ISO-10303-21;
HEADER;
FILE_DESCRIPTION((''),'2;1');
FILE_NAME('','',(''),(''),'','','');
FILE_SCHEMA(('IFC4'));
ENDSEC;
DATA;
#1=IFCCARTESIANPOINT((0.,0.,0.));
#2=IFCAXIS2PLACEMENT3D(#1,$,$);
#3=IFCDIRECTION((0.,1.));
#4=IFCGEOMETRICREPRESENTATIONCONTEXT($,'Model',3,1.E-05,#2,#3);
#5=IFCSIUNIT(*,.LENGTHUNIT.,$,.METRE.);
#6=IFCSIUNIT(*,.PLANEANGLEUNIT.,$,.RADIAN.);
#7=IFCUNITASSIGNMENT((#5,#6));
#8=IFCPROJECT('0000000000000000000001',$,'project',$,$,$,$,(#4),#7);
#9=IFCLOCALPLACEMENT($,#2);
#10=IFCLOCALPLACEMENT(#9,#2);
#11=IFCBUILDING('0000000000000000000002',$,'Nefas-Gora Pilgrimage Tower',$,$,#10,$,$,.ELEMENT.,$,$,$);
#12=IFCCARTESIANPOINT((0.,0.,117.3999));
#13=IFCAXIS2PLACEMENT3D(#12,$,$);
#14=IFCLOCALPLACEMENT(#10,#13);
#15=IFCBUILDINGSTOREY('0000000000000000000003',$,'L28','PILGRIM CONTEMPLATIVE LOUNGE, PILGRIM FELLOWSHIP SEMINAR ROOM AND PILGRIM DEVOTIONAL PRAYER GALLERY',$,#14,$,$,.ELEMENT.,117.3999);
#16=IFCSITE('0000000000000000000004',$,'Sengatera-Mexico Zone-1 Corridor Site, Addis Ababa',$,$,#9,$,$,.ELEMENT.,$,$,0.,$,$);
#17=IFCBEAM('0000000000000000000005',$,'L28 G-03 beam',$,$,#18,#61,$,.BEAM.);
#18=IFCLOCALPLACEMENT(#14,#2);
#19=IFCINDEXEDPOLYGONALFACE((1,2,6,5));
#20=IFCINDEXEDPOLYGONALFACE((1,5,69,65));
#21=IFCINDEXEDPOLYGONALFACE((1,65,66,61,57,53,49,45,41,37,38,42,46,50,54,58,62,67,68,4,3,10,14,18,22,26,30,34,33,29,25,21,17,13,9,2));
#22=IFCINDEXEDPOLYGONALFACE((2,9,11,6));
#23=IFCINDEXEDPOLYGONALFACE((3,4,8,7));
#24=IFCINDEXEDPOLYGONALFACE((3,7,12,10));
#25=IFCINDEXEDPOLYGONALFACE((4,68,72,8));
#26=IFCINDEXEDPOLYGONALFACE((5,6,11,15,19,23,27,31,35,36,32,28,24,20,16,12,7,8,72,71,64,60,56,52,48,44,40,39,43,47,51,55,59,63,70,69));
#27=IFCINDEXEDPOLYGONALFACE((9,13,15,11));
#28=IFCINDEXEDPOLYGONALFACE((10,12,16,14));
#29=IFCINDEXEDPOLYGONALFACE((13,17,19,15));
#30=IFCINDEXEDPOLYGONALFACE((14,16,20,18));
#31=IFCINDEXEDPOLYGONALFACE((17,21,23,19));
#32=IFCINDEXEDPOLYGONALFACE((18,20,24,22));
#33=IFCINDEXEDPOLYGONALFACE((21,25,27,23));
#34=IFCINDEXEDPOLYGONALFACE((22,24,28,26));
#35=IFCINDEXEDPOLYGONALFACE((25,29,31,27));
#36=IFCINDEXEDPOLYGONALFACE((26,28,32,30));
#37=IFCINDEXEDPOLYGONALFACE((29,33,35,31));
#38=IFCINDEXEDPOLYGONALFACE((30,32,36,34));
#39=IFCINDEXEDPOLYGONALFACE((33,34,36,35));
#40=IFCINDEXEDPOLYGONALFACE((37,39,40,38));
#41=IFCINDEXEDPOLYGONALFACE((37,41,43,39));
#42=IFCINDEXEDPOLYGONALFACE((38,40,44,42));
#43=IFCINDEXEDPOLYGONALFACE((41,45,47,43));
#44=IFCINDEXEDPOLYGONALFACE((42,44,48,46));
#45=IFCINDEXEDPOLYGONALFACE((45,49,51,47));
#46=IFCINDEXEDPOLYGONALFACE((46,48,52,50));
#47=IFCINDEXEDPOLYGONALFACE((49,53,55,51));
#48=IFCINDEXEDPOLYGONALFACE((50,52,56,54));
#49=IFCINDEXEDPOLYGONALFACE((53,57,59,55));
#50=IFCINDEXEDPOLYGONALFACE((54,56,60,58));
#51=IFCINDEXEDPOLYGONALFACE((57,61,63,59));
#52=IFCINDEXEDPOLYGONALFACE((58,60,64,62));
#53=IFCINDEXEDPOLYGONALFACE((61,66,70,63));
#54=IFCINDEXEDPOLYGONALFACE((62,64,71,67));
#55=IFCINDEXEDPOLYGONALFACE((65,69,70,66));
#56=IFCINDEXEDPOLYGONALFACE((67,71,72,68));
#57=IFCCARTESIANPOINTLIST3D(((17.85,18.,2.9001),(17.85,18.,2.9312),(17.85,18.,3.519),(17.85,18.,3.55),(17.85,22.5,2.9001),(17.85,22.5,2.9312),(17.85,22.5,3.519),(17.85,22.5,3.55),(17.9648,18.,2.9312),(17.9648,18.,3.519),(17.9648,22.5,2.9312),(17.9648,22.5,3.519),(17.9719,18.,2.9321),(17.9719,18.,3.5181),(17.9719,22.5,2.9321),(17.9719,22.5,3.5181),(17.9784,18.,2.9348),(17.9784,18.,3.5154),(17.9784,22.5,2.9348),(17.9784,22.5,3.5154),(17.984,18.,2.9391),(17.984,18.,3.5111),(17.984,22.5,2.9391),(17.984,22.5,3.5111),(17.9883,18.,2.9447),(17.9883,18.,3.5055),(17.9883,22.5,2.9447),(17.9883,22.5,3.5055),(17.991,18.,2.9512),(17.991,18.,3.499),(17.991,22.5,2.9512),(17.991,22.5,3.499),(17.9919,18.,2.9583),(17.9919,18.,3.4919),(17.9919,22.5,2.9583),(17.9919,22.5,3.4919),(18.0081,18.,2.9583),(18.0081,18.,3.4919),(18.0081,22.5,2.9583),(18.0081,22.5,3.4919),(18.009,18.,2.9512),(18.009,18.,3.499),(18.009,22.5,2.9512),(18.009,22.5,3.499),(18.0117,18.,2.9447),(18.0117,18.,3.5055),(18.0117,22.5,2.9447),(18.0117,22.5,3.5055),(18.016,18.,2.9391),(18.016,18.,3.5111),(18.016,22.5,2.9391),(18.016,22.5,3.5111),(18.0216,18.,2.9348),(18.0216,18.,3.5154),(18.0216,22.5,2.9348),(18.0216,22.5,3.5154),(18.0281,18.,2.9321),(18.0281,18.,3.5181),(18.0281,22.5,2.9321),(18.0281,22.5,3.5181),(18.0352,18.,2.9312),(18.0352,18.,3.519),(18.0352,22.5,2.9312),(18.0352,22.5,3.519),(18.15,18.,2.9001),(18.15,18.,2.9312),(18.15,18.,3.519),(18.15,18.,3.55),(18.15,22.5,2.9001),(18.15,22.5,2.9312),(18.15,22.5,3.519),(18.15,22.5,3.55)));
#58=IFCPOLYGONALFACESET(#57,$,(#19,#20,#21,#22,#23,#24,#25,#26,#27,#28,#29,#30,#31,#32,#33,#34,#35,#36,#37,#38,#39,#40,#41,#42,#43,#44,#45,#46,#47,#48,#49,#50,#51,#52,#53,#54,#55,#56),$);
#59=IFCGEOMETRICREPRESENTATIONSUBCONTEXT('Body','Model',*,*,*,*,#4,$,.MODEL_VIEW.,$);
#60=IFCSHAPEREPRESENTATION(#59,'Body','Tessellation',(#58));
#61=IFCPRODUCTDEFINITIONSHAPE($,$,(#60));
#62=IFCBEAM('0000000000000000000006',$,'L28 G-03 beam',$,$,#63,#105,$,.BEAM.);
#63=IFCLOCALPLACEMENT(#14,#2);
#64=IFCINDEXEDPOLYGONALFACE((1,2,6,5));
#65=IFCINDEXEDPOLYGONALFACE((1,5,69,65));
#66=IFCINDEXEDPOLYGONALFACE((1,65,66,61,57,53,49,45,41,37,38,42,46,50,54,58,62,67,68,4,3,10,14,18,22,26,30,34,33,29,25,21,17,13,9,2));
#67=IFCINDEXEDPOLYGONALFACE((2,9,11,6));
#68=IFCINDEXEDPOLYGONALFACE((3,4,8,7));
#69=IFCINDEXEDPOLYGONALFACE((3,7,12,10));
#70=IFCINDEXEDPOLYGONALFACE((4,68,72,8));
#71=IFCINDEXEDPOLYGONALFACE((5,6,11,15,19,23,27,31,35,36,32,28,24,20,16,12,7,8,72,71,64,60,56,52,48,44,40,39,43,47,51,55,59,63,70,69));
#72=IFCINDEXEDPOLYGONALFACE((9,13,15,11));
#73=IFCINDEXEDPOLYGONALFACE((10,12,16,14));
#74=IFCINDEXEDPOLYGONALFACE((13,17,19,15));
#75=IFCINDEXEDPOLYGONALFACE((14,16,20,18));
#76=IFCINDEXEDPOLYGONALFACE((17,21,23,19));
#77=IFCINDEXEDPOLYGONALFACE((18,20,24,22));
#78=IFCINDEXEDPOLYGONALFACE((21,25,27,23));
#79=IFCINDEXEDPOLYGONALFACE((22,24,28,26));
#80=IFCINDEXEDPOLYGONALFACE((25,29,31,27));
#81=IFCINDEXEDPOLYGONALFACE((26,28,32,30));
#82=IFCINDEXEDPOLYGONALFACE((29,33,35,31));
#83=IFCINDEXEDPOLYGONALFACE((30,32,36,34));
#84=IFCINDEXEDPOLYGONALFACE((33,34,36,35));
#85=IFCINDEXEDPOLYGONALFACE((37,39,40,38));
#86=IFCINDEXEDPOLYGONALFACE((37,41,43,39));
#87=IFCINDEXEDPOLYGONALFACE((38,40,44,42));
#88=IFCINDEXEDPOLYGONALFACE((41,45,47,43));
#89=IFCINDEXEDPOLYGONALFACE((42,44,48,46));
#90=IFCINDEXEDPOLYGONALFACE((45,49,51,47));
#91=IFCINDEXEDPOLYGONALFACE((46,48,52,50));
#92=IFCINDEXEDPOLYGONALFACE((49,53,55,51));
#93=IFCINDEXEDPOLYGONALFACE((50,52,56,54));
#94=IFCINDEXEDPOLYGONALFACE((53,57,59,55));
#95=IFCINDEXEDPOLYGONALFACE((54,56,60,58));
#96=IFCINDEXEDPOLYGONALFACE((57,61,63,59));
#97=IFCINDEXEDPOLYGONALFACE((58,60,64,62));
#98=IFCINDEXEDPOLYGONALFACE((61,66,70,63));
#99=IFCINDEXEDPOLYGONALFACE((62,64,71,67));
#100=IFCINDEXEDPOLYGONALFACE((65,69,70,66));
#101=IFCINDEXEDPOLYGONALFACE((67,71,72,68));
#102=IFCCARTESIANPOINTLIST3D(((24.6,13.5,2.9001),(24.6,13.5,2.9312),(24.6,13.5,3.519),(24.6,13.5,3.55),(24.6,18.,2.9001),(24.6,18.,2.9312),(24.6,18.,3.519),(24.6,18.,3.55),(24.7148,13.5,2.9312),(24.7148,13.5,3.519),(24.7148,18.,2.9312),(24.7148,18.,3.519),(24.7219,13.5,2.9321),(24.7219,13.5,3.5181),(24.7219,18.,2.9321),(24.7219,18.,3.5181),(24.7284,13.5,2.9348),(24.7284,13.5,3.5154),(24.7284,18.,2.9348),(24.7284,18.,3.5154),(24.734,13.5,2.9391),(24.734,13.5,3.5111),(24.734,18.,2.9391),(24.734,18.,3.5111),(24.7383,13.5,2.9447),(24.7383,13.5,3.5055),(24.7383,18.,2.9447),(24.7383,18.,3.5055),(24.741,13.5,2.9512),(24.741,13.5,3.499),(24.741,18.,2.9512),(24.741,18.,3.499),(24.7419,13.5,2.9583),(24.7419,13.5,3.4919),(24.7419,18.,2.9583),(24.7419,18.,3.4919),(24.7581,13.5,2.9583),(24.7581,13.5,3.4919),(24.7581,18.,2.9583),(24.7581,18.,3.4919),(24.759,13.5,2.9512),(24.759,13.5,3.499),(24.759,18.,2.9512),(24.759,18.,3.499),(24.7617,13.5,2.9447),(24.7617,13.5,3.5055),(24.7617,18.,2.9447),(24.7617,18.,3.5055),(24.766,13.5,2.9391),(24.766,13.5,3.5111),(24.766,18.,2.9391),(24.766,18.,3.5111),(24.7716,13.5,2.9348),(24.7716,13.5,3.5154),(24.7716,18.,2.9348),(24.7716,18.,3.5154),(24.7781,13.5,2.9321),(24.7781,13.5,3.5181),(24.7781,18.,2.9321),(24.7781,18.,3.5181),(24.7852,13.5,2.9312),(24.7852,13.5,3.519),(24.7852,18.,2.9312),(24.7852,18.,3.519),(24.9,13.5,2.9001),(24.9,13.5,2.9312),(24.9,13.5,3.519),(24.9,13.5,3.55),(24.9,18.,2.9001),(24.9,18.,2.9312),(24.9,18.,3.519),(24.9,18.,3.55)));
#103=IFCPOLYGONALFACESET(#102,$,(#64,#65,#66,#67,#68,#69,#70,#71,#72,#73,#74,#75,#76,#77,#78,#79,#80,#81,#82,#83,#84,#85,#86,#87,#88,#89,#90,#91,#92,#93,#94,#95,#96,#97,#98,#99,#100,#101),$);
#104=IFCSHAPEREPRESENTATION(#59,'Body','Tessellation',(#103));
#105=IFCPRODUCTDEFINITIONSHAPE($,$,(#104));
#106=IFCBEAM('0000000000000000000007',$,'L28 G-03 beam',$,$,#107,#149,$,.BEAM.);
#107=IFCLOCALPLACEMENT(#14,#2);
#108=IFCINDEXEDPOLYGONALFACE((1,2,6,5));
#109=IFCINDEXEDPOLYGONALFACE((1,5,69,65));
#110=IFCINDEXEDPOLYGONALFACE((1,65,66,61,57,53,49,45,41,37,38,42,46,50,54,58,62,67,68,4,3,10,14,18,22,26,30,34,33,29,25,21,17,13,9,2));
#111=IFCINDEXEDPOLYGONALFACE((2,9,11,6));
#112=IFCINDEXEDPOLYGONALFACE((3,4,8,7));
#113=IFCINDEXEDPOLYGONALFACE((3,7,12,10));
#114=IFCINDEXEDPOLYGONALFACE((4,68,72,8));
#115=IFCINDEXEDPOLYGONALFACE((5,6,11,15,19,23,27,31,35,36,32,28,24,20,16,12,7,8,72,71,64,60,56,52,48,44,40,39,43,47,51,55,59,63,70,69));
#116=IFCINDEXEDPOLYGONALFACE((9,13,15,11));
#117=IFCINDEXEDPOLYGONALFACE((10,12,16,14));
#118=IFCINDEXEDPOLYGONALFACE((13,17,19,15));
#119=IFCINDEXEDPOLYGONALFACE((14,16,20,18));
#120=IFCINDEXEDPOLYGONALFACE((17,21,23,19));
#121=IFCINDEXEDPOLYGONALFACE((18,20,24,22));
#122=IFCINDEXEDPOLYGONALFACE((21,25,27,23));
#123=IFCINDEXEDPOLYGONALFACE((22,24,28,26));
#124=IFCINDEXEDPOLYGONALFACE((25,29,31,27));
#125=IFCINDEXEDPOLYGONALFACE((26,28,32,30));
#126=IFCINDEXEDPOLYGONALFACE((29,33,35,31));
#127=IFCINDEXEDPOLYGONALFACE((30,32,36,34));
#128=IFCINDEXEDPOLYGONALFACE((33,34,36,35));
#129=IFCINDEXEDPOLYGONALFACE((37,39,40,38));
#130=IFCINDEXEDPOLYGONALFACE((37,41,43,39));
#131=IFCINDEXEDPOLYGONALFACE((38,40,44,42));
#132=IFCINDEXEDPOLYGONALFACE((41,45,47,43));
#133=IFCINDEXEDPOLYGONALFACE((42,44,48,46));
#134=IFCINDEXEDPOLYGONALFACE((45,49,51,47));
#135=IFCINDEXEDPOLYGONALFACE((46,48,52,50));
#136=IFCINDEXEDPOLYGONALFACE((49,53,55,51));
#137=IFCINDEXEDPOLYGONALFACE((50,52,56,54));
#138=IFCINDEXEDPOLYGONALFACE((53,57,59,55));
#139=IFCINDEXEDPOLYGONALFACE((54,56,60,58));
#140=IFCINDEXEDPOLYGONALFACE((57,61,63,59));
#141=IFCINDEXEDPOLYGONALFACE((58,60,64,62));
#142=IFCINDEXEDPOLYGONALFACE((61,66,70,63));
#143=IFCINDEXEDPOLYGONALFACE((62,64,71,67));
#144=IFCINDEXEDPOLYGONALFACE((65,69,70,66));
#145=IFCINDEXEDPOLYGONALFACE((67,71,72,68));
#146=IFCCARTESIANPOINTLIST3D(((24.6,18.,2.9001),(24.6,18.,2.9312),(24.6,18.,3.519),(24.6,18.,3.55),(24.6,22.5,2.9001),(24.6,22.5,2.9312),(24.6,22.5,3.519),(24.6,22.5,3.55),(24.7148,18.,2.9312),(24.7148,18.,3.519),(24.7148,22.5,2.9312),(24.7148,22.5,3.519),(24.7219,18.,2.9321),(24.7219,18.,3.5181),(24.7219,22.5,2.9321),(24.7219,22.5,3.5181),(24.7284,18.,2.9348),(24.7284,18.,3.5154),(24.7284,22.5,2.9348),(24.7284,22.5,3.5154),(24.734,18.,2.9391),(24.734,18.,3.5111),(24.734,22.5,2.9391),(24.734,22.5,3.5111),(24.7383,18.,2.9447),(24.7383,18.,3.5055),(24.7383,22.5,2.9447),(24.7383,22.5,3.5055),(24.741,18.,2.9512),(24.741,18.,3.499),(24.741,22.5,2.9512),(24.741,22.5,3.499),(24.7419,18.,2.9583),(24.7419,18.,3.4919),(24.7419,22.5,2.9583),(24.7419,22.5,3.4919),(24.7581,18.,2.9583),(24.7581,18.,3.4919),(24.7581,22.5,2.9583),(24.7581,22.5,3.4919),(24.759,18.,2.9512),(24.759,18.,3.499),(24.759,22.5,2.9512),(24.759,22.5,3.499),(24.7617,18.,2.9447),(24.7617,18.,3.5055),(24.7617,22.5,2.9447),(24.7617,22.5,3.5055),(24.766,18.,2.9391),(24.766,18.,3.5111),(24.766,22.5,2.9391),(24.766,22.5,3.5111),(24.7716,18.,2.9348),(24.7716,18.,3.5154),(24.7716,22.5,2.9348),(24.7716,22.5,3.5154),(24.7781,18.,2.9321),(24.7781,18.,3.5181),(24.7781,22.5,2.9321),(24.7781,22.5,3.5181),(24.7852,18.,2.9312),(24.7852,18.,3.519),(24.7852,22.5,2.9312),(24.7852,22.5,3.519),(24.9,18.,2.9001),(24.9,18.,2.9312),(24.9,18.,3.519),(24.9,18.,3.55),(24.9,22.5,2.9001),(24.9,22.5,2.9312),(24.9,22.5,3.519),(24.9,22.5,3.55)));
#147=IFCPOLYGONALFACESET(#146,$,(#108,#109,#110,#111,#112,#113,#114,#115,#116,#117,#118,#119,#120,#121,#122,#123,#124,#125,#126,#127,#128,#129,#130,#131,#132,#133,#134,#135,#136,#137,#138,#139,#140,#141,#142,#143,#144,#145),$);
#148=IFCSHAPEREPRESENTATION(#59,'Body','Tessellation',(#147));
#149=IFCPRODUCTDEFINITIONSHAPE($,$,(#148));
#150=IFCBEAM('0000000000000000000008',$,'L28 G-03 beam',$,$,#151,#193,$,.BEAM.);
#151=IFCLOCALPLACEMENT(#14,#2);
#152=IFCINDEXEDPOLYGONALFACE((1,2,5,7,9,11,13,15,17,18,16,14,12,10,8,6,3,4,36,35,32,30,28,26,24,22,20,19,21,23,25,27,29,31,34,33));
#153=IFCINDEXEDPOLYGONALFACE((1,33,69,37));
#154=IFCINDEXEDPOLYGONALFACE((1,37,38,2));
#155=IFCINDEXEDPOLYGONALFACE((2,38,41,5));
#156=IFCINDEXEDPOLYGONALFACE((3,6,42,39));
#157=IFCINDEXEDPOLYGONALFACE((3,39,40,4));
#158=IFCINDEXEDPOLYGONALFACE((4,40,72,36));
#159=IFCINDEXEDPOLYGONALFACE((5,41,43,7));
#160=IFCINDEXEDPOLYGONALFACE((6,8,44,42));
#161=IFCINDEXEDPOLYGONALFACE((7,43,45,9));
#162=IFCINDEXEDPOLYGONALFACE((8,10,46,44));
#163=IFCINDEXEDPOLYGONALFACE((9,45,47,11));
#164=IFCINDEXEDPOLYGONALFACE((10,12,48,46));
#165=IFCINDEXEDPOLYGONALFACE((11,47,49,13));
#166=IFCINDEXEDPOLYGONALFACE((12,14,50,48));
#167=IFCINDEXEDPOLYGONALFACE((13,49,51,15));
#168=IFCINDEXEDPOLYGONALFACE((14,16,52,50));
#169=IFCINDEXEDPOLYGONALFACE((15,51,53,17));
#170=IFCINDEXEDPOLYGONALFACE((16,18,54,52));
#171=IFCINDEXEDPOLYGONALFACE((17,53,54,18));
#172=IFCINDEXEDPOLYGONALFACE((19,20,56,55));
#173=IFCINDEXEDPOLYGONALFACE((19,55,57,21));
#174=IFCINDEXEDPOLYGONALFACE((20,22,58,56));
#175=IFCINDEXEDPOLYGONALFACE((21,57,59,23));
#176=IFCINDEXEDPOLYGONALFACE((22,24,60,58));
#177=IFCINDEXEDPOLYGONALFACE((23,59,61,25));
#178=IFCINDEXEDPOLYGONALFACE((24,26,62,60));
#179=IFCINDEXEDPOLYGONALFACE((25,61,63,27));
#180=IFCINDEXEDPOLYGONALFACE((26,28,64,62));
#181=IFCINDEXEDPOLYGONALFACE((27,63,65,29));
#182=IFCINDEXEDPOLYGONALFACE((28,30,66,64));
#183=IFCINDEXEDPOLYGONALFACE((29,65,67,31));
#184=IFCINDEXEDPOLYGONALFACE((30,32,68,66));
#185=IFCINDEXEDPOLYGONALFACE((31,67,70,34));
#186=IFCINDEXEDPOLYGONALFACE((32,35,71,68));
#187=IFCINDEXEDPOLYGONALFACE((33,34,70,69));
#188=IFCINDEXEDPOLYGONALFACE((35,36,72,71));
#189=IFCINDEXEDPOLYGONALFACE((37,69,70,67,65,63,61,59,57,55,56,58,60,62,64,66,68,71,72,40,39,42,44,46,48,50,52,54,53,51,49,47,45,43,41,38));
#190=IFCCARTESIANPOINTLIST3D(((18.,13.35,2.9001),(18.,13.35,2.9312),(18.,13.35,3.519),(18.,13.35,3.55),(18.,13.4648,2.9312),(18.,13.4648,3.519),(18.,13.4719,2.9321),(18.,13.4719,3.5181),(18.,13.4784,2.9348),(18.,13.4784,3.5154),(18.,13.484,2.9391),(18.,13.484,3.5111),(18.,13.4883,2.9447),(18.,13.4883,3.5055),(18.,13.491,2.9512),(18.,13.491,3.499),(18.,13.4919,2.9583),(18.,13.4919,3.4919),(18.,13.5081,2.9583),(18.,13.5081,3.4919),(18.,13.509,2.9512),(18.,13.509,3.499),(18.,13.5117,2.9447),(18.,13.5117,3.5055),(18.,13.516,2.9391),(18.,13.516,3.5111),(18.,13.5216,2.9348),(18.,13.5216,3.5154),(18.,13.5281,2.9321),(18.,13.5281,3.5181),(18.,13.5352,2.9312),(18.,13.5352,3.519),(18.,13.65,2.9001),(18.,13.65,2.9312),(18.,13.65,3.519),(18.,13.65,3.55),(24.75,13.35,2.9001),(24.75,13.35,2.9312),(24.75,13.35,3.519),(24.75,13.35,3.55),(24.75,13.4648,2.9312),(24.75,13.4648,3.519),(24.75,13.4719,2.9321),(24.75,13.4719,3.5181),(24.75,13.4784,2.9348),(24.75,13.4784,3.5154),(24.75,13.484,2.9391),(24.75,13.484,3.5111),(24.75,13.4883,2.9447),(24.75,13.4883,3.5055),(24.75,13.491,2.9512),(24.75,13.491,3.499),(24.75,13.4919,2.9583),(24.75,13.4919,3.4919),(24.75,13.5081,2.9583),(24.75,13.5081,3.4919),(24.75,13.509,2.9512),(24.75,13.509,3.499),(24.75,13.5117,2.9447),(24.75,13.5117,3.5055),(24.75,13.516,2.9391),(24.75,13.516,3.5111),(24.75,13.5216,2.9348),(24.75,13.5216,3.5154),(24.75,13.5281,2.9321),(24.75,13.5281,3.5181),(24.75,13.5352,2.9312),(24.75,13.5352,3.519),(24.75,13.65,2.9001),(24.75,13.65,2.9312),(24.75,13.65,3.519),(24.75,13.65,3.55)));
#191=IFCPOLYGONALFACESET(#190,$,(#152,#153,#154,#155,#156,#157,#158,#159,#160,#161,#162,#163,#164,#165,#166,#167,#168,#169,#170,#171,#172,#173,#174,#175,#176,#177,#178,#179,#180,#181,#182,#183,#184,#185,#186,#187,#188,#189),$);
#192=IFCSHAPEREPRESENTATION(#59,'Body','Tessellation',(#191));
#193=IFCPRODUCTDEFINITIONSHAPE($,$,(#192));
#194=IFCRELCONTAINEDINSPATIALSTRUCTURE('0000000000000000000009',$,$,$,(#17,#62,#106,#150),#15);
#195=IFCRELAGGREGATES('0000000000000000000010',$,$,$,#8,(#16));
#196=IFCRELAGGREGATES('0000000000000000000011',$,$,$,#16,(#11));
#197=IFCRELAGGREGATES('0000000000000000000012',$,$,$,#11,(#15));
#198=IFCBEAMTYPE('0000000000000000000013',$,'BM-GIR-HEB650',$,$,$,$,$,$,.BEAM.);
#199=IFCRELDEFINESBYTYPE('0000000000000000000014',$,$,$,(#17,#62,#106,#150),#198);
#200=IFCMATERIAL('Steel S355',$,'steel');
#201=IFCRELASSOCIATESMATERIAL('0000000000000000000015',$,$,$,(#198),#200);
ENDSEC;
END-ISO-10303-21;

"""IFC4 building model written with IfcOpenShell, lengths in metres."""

from ifc_helpers import new_model, si_unit, direction, frame, origin, origin_2d, place, context, subcontext, project, spatial, i_section, extrude, source, transform, mapped, material, material_profile, profile_set, type_object, element, save


model = new_model("IFC4")

# Units and contexts
model_context = context("Model", 3, precision=1e-05, world=origin(), true_north=direction((0.0, 1.0)))
body_context = subcontext(model_context, "Body", "Model", "MODEL_VIEW")
ifc_project = project(units=[si_unit("LENGTHUNIT", "METRE"), si_unit("PLANEANGLEUNIT", "RADIAN")], contexts=[model_context])

# Site, building, storey
site_placement = place(None, origin())
site = spatial("IfcSite", under=ifc_project, at=site_placement, Name="Sengatera-Mexico Zone-1 Corridor Site, Addis Ababa", CompositionType="ELEMENT", RefElevation=0.0)
building_placement = place(site_placement, origin())
building = spatial("IfcBuilding", under=site, at=building_placement, Name="Nefas-Gora Pilgrimage Tower", CompositionType="ELEMENT")
storey_placement = place(building_placement, frame((0.0, 0.0, 117.3999)))
storey = spatial("IfcBuildingStorey", under=building, at=storey_placement, Name="L28", Description="PILGRIM CONTEMPLATIVE LOUNGE, PILGRIM FELLOWSHIP SEMINAR ROOM AND PILGRIM DEVOTIONAL PRAYER GALLERY", CompositionType="ELEMENT", Elevation=117.3999)

# Beams
ifc_material_1 = material(Name="Steel S355", Category="steel")
ifc_material_profile_1 = material_profile(ifc_material_1, i_section(OverallWidth=0.3, OverallDepth=0.6499, WebThickness=0.0161, FlangeThickness=0.031, FilletRadius=0.0271, at=origin_2d()), Name="HEB 650")
ifc_profile_set_1 = profile_set([ifc_material_profile_1], Name="Steel S355")
beam_type_1 = type_object("IfcBeamType", Name="BM-GIR-HEB650", PredefinedType="BEAM", material=ifc_profile_set_1)
shared_shape_1 = source(origin(), body_context, "Body", "SweptSolid", [
    extrude(i_section(OverallWidth=0.3, OverallDepth=0.6499, WebThickness=0.0161, FlangeThickness=0.031, FilletRadius=0.0271, at=origin_2d()), origin(), (0.0, 0.0, 1.0), 4.5),
])
for number, where, z_axis, x_axis, name in (
    (1, (18.0, 18.0, 3.2251), (0.0, 1.0, 0.0), (-1.0, 0.0, 0.0), "L28 G-03 beam"),
    (2, (24.75, 13.5, 3.2251), (0.0, 1.0, 0.0), (-1.0, 0.0, 0.0), "L28 G-03 beam"),
    (3, (24.75, 18.0, 3.2251), (0.0, 1.0, 0.0), (-1.0, 0.0, 0.0), "L28 G-03 beam"),
):
    element("IfcBeam", number, at=place(storey_placement, frame(where, z_axis=z_axis, x_axis=x_axis)), inside=storey, type_object=beam_type_1, Name=name, PredefinedType="BEAM", context=body_context, shape_type="MappedRepresentation", body=[
        mapped(shared_shape_1, transform((0.0, 0.0, 0.0), x_axis=(1.0, 0.0, 0.0), y_axis=(0.0, 1.0, 0.0), z_axis=(0.0, 0.0, 1.0), scale=1.0)),
    ])
shared_shape_2 = source(origin(), body_context, "Body", "SweptSolid", [
    extrude(i_section(OverallWidth=0.3, OverallDepth=0.6499, WebThickness=0.0161, FlangeThickness=0.031, FilletRadius=0.0271, at=origin_2d()), origin(), (0.0, 0.0, 1.0), 6.75),
])
for number, where, z_axis, x_axis, name in (
    (4, (18.0, 13.5, 3.2251), (1.0, 0.0, 0.0), (0.0, 1.0, 0.0), "L28 G-03 beam"),
):
    element("IfcBeam", number, at=place(storey_placement, frame(where, z_axis=z_axis, x_axis=x_axis)), inside=storey, type_object=beam_type_1, Name=name, PredefinedType="BEAM", context=body_context, shape_type="MappedRepresentation", body=[
        mapped(shared_shape_2, transform((0.0, 0.0, 0.0), x_axis=(1.0, 0.0, 0.0), y_axis=(0.0, 1.0, 0.0), z_axis=(0.0, 0.0, 1.0), scale=1.0)),
    ])

save(model, "model.ifc")
